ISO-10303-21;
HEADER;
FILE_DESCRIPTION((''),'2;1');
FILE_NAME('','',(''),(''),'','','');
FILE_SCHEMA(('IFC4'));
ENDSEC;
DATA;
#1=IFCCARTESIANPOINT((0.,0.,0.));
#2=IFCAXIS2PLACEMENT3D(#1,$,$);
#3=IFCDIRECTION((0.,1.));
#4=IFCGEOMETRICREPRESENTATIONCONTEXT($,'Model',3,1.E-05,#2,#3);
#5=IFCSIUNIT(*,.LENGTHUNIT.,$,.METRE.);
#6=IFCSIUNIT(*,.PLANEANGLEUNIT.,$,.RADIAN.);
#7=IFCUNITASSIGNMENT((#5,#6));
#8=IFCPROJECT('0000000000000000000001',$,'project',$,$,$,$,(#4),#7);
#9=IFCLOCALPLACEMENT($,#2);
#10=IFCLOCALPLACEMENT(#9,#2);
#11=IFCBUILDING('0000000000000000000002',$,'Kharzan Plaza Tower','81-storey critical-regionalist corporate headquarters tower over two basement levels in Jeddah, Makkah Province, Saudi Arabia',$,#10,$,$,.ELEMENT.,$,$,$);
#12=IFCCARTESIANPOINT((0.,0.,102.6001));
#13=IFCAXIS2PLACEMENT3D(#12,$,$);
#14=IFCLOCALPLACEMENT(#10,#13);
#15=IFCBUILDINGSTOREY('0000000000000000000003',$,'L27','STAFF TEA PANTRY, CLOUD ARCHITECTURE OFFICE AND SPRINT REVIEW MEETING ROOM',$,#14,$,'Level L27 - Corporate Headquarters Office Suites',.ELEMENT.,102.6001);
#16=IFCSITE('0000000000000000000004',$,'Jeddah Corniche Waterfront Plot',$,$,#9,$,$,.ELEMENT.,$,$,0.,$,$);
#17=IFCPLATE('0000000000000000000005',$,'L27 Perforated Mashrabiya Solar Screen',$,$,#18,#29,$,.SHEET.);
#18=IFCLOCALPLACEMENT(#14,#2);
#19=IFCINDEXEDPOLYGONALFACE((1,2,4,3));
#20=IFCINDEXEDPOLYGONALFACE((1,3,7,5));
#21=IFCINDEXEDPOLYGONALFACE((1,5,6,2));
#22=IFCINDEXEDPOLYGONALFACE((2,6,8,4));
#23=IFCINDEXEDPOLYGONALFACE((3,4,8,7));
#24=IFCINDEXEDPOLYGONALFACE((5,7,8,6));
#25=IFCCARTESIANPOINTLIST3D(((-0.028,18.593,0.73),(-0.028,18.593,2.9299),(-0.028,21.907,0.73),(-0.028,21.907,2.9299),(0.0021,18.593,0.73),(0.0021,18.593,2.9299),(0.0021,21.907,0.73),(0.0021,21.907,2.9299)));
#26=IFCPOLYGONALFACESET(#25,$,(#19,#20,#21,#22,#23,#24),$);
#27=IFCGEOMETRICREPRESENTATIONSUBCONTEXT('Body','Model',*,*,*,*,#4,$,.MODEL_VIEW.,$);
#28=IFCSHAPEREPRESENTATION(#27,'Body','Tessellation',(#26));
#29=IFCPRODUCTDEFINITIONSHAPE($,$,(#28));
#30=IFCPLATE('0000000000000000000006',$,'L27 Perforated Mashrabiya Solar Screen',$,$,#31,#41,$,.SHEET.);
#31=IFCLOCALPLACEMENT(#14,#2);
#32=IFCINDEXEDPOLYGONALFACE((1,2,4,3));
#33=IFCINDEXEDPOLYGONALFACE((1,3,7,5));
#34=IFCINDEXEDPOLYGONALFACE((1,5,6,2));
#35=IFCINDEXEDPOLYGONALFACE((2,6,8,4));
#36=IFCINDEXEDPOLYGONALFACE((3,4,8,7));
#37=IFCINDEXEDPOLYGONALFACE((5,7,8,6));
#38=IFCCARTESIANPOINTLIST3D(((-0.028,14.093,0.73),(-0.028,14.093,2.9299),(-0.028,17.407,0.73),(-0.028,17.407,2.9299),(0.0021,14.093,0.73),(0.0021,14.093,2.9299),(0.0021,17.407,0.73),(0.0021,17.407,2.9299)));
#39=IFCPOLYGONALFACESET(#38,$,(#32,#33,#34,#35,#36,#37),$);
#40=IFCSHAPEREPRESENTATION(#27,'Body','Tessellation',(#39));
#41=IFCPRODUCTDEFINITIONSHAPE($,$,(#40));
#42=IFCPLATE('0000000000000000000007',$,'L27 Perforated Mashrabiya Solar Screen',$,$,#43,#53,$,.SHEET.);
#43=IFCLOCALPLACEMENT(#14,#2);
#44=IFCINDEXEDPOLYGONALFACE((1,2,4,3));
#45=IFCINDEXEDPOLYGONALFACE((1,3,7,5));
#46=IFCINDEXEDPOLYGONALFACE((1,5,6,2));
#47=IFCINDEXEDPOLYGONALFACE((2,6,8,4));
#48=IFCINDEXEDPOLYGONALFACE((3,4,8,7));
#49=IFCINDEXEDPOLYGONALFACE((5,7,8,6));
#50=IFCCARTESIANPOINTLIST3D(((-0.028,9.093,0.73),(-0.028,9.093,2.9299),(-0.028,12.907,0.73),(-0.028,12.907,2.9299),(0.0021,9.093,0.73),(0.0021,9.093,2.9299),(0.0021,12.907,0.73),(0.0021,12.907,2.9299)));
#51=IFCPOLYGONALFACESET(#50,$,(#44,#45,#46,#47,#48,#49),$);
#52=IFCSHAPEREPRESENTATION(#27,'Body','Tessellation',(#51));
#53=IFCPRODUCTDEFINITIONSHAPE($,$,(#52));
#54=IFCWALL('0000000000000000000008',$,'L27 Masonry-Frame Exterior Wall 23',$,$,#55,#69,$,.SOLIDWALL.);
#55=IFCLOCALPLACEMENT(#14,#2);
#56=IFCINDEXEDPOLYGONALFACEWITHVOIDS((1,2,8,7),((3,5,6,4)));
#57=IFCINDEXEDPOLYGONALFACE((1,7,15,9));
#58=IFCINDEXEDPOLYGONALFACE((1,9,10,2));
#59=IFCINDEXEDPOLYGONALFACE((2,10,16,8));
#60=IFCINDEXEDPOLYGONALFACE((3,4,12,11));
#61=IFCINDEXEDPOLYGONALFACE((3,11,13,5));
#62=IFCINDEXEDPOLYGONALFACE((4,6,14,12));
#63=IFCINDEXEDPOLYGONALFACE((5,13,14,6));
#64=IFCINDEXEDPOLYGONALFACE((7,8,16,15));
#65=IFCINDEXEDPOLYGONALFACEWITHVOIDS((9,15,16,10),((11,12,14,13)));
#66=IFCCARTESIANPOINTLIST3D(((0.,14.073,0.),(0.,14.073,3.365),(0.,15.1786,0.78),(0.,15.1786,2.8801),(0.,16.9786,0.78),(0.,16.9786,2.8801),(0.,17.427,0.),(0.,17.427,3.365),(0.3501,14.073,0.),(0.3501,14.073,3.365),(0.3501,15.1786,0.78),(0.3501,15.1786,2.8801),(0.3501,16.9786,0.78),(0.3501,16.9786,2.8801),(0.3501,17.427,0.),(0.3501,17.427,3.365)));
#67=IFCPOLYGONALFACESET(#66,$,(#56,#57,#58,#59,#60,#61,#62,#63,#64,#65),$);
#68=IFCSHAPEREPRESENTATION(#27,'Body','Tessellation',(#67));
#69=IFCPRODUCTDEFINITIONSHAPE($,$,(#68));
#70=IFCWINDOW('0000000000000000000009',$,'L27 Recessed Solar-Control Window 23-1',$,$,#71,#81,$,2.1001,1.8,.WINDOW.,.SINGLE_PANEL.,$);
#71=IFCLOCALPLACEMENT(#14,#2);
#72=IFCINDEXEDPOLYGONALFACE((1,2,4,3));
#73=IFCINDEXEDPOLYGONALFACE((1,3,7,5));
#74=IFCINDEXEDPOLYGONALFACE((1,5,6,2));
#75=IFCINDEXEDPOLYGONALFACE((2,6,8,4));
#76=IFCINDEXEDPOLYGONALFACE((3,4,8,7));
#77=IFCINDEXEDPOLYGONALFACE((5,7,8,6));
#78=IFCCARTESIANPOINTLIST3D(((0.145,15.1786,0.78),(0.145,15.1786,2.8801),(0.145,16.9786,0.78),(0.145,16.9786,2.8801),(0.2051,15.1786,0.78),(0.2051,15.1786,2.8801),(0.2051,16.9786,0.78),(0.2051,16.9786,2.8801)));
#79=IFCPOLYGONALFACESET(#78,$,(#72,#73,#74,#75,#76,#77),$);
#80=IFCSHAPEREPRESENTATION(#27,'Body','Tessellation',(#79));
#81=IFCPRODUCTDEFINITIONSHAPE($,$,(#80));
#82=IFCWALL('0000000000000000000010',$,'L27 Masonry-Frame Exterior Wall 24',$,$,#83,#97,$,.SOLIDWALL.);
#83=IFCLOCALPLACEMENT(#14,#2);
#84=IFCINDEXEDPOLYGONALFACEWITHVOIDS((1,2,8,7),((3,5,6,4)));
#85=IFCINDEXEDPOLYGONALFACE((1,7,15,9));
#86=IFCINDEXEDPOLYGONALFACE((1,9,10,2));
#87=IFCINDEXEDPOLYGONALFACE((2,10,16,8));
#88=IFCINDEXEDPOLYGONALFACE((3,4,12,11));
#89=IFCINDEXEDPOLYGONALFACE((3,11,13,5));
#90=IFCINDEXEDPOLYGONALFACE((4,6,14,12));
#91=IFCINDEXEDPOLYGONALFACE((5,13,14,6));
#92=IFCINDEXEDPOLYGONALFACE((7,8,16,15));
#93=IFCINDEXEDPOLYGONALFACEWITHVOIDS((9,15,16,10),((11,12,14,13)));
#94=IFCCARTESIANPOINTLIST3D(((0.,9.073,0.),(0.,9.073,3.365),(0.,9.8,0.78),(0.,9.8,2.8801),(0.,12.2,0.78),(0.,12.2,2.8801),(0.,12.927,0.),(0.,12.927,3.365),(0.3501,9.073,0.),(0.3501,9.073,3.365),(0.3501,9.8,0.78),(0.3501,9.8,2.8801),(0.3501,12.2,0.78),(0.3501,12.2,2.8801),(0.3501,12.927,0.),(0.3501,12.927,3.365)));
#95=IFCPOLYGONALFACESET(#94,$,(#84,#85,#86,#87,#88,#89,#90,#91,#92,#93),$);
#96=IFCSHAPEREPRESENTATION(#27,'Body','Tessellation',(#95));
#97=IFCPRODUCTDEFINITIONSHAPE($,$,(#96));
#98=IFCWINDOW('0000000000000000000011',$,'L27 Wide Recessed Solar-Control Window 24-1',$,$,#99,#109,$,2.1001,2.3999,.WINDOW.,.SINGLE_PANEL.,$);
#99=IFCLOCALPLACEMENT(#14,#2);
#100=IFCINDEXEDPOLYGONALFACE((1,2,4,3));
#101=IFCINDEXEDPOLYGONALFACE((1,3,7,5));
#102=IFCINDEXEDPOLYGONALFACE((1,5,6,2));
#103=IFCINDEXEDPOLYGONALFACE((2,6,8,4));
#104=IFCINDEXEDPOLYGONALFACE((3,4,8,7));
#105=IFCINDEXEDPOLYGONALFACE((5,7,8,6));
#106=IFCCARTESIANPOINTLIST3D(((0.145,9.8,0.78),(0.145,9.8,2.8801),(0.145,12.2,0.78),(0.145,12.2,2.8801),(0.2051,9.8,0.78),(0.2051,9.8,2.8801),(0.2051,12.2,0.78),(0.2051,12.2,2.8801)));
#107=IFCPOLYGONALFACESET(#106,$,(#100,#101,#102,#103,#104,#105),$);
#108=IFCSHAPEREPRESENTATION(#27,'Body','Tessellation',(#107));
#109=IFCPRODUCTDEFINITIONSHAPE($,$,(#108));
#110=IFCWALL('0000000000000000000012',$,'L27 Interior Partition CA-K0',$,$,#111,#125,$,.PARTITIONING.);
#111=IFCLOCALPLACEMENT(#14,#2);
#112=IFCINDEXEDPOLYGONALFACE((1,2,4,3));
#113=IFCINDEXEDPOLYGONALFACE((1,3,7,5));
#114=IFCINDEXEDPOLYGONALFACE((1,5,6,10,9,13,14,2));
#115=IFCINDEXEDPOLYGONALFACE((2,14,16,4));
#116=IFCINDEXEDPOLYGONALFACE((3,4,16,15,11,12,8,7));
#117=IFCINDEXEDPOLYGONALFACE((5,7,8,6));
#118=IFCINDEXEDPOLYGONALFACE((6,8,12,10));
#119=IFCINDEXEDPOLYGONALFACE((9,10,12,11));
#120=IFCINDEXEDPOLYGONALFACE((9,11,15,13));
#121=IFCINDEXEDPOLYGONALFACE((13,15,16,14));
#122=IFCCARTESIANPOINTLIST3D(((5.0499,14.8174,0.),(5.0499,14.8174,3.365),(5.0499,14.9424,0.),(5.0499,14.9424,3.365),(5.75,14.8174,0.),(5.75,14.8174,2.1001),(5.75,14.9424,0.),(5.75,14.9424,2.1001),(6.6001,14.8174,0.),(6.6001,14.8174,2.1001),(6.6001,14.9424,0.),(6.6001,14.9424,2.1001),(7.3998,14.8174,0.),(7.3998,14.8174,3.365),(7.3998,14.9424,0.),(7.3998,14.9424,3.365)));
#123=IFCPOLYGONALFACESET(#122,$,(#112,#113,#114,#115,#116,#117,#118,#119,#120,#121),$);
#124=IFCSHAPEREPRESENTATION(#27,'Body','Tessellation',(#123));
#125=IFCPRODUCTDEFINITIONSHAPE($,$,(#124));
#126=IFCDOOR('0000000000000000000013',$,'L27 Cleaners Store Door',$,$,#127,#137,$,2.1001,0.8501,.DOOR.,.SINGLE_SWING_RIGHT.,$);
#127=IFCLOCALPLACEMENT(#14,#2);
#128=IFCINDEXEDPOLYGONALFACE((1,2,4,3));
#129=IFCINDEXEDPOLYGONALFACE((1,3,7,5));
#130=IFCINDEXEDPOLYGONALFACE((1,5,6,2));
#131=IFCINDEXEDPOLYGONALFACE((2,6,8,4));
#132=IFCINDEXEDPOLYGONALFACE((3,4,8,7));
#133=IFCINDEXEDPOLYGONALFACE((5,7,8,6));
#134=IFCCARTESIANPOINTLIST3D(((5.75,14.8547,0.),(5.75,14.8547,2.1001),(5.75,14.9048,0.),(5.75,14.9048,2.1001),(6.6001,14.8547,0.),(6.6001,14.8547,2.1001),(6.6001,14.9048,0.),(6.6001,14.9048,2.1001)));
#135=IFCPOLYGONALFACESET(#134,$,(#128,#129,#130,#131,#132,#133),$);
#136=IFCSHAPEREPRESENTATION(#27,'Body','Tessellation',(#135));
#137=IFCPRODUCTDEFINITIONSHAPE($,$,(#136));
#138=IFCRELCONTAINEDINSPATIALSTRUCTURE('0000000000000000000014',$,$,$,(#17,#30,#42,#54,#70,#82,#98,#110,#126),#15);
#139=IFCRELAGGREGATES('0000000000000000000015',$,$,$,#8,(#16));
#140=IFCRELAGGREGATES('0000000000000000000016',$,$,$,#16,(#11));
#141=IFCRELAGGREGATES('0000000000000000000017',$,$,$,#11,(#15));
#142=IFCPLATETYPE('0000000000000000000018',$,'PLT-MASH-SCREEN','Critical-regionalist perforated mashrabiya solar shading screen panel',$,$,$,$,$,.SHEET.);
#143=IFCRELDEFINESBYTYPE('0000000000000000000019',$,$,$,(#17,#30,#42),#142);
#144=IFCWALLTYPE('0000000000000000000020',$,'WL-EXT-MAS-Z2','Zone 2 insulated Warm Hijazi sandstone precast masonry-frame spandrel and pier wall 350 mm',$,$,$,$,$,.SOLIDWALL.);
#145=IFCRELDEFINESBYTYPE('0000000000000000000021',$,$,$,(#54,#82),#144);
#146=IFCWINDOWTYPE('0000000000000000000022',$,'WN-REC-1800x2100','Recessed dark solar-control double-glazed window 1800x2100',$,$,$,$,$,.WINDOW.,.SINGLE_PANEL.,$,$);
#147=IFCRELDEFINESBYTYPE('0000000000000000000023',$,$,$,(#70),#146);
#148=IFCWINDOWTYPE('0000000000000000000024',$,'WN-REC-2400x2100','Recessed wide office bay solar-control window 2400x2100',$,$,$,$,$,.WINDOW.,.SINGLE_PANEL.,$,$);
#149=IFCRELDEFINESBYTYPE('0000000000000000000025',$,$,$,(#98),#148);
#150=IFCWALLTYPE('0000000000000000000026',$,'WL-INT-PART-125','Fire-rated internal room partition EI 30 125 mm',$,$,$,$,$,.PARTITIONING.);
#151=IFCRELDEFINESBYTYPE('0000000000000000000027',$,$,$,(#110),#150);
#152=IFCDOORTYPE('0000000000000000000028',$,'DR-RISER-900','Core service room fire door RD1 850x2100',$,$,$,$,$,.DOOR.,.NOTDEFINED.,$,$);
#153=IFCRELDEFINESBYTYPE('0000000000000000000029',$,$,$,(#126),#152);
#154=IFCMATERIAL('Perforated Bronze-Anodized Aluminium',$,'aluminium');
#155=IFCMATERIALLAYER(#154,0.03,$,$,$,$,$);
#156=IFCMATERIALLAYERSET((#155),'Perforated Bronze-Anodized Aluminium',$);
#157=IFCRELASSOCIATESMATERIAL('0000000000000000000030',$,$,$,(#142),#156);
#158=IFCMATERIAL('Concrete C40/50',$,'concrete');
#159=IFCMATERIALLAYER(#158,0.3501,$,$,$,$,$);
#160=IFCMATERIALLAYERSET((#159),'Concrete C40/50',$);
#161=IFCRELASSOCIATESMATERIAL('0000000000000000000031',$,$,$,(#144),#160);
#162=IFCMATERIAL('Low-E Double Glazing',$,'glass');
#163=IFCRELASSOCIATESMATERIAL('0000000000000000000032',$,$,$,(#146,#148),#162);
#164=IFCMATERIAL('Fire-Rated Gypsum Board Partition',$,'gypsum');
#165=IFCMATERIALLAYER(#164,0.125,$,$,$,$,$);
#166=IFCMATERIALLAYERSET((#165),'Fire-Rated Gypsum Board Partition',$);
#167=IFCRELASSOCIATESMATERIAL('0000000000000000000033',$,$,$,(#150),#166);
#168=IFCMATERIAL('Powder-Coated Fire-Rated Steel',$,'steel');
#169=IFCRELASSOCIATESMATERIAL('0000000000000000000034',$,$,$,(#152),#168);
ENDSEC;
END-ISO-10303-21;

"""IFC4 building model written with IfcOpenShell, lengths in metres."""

from ifc_helpers import new_model, si_unit, direction, frame, frame_2d, origin, origin_2d, place, context, subcontext, project, spatial, rectangle, extrude, source, transform, mapped, material, layer, layer_set, type_object, element, fill, save


model = new_model("IFC4")

# Units and contexts
model_context = context("Model", 3, precision=1e-05, world=origin(), true_north=direction((0.0, 1.0)))
body_context = subcontext(model_context, "Body", "Model", "MODEL_VIEW")
ifc_project = project(units=[si_unit("LENGTHUNIT", "METRE"), si_unit("PLANEANGLEUNIT", "RADIAN")], contexts=[model_context])

# Site, building, storey
site_placement = place(None, origin())
site = spatial("IfcSite", under=ifc_project, at=site_placement, Name="Jeddah Corniche Waterfront Plot", CompositionType="ELEMENT", RefElevation=0.0)
building_placement = place(site_placement, origin())
building = spatial("IfcBuilding", under=site, at=building_placement, Name="Kharzan Plaza Tower", Description="81-storey critical-regionalist corporate headquarters tower over two basement levels in Jeddah, Makkah Province, Saudi Arabia", CompositionType="ELEMENT")
storey_placement = place(building_placement, frame((0.0, 0.0, 102.6001)))
storey = spatial("IfcBuildingStorey", under=building, at=storey_placement, Name="L27", Description="STAFF TEA PANTRY, CLOUD ARCHITECTURE OFFICE AND SPRINT REVIEW MEETING ROOM", LongName="Level L27 - Corporate Headquarters Office Suites", CompositionType="ELEMENT", Elevation=102.6001)

# Plates
ifc_material_1 = material(Name="Perforated Bronze-Anodized Aluminium", Category="aluminium")
ifc_layer_1 = layer(ifc_material_1, 0.03)
ifc_layer_set_1 = layer_set([ifc_layer_1], Name="Perforated Bronze-Anodized Aluminium")
plate_type = type_object("IfcPlateType", Name="PLT-MASH-SCREEN", Description="Critical-regionalist perforated mashrabiya solar shading screen panel", PredefinedType="SHEET", material=ifc_layer_set_1)
shared_shape_1 = source(origin(), body_context, "Body", "SweptSolid", [
    extrude(rectangle(XDim=3.314, YDim=0.03, at=origin_2d()), origin(), (0.0, 0.0, 1.0), 2.2),
])
for number, where, z_axis, x_axis, name in (
    (1, (-0.0129, 20.25, 0.73), (0.0, 0.0, 1.0), (0.0, -1.0, 0.0), "L27 Perforated Mashrabiya Solar Screen"),
    (2, (-0.0129, 15.75, 0.73), (0.0, 0.0, 1.0), (0.0, -1.0, 0.0), "L27 Perforated Mashrabiya Solar Screen"),
):
    element("IfcPlate", number, at=place(storey_placement, frame(where, z_axis=z_axis, x_axis=x_axis)), inside=storey, type_object=plate_type, Name=name, PredefinedType="SHEET", context=body_context, shape_type="MappedRepresentation", body=[
        mapped(shared_shape_1, transform((0.0, 0.0, 0.0), x_axis=(1.0, 0.0, 0.0), y_axis=(0.0, 1.0, 0.0), z_axis=(0.0, 0.0, 1.0))),
    ])
shared_shape_2 = source(origin(), body_context, "Body", "SweptSolid", [
    extrude(rectangle(XDim=3.814, YDim=0.03, at=origin_2d()), origin(), (0.0, 0.0, 1.0), 2.2),
])
plate_placement = place(storey_placement, frame((-0.0129, 11.0, 0.73), z_axis=(0.0, 0.0, 1.0), x_axis=(0.0, -1.0, 0.0)))
element("IfcPlate", 3, at=plate_placement, inside=storey, type_object=plate_type, Name="L27 Perforated Mashrabiya Solar Screen", PredefinedType="SHEET", context=body_context, shape_type="MappedRepresentation", body=[
    mapped(shared_shape_2, transform((0.0, 0.0, 0.0), x_axis=(1.0, 0.0, 0.0), y_axis=(0.0, 1.0, 0.0), z_axis=(0.0, 0.0, 1.0))),
])

# Walls, openings, windows
ifc_material_2 = material(Name="Concrete C40/50", Category="concrete")
ifc_layer_2 = layer(ifc_material_2, 0.3501)
ifc_layer_set_2 = layer_set([ifc_layer_2], Name="Concrete C40/50")
wall_type_1 = type_object("IfcWallType", Name="WL-EXT-MAS-Z2", Description="Zone 2 insulated Warm Hijazi sandstone precast masonry-frame spandrel and pier wall 350 mm", PredefinedType="SOLIDWALL", material=ifc_layer_set_2)
wall_1_placement = place(storey_placement, frame((0.175, 17.427, 0.0), z_axis=(0.0, 0.0, 1.0), x_axis=(0.0, -1.0, 0.0)))
wall_1 = element("IfcWall", 4, at=wall_1_placement, inside=storey, type_object=wall_type_1, Name="L27 Masonry-Frame Exterior Wall 23", PredefinedType="SOLIDWALL", context=body_context, shape_type="SweptSolid", body=[
    extrude(rectangle(XDim=3.354, YDim=0.3501, at=frame_2d((1.677, 0.0))), origin(), (0.0, 0.0, 1.0), 3.365),
])
opening_1_placement = place(wall_1_placement, frame((0.4485, 0.0, 0.78)))
opening_1 = element("IfcOpeningElement", 5, at=opening_1_placement, cuts=wall_1, PredefinedType="OPENING", context=body_context, shape_type="SweptSolid", body=[
    extrude(rectangle(XDim=1.8, YDim=2.1001, at=frame_2d((0.8999, 1.05))), frame((0.0, 0.1851, 0.0), z_axis=(0.0, -1.0, 0.0), x_axis=(1.0, 0.0, 0.0)), (0.0, 0.0, 1.0), 0.3701),
])
ifc_material_3 = material(Name="Low-E Double Glazing", Category="glass")
window_type_1 = type_object("IfcWindowType", Name="WN-REC-1800x2100", Description="Recessed dark solar-control double-glazed window 1800x2100", PartitioningType="SINGLE_PANEL", PredefinedType="WINDOW", material=ifc_material_3)
shared_shape_3 = source(origin(), body_context, "Body", "SweptSolid", [
    extrude(rectangle(XDim=1.8, YDim=2.1001, at=frame_2d((0.8999, 1.05))), frame((0.0, 0.03, 0.0), z_axis=(0.0, -1.0, 0.0), x_axis=(1.0, 0.0, 0.0)), (0.0, 0.0, 1.0), 0.0601),
])
window_1_placement = place(opening_1_placement, origin())
window_1 = element("IfcWindow", 6, at=window_1_placement, inside=storey, type_object=window_type_1, Name="L27 Recessed Solar-Control Window 23-1", OverallHeight=2.1001, OverallWidth=1.8, PartitioningType="SINGLE_PANEL", PredefinedType="WINDOW", context=body_context, shape_type="MappedRepresentation", body=[
    mapped(shared_shape_3, transform((0.0, 0.0, 0.0), x_axis=(1.0, 0.0, 0.0), y_axis=(0.0, 1.0, 0.0), z_axis=(0.0, 0.0, 1.0))),
])
fill(opening_1, window_1)
wall_2_placement = place(storey_placement, frame((0.175, 12.927, 0.0), z_axis=(0.0, 0.0, 1.0), x_axis=(0.0, -1.0, 0.0)))
wall_2 = element("IfcWall", 7, at=wall_2_placement, inside=storey, type_object=wall_type_1, Name="L27 Masonry-Frame Exterior Wall 24", PredefinedType="SOLIDWALL", context=body_context, shape_type="SweptSolid", body=[
    extrude(rectangle(XDim=3.854, YDim=0.3501, at=frame_2d((1.927, 0.0))), origin(), (0.0, 0.0, 1.0), 3.365),
])
opening_2_placement = place(wall_2_placement, frame((0.7271, 0.0, 0.78)))
opening_2 = element("IfcOpeningElement", 8, at=opening_2_placement, cuts=wall_2, PredefinedType="OPENING", context=body_context, shape_type="SweptSolid", body=[
    extrude(rectangle(XDim=2.3999, YDim=2.1001, at=frame_2d((1.2, 1.05))), frame((0.0, 0.1851, 0.0), z_axis=(0.0, -1.0, 0.0), x_axis=(1.0, 0.0, 0.0)), (0.0, 0.0, 1.0), 0.3701),
])
window_type_2 = type_object("IfcWindowType", Name="WN-REC-2400x2100", Description="Recessed wide office bay solar-control window 2400x2100", PartitioningType="SINGLE_PANEL", PredefinedType="WINDOW", material=ifc_material_3)
shared_shape_4 = source(origin(), body_context, "Body", "SweptSolid", [
    extrude(rectangle(XDim=2.3999, YDim=2.1001, at=frame_2d((1.2, 1.05))), frame((0.0, 0.03, 0.0), z_axis=(0.0, -1.0, 0.0), x_axis=(1.0, 0.0, 0.0)), (0.0, 0.0, 1.0), 0.0601),
])
window_2_placement = place(opening_2_placement, origin())
window_2 = element("IfcWindow", 9, at=window_2_placement, inside=storey, type_object=window_type_2, Name="L27 Wide Recessed Solar-Control Window 24-1", OverallHeight=2.1001, OverallWidth=2.3999, PartitioningType="SINGLE_PANEL", PredefinedType="WINDOW", context=body_context, shape_type="MappedRepresentation", body=[
    mapped(shared_shape_4, transform((0.0, 0.0, 0.0), x_axis=(1.0, 0.0, 0.0), y_axis=(0.0, 1.0, 0.0), z_axis=(0.0, 0.0, 1.0))),
])
fill(opening_2, window_2)

# Wall, opening, door
ifc_material_4 = material(Name="Fire-Rated Gypsum Board Partition", Category="gypsum")
ifc_layer_3 = layer(ifc_material_4, 0.125)
ifc_layer_set_3 = layer_set([ifc_layer_3], Name="Fire-Rated Gypsum Board Partition")
wall_type_2 = type_object("IfcWallType", Name="WL-INT-PART-125", Description="Fire-rated internal room partition EI 30 125 mm", PredefinedType="PARTITIONING", material=ifc_layer_set_3)
wall_3_placement = place(storey_placement, frame((5.05, 14.8799, 0.0), z_axis=(0.0, 0.0, 1.0), x_axis=(1.0, 0.0, 0.0)))
wall_3 = element("IfcWall", 10, at=wall_3_placement, inside=storey, type_object=wall_type_2, Name="L27 Interior Partition CA-K0", PredefinedType="PARTITIONING", context=body_context, shape_type="SweptSolid", body=[
    extrude(rectangle(XDim=2.3499, YDim=0.125, at=frame_2d((1.1748, 0.0))), origin(), (0.0, 0.0, 1.0), 3.365),
])
opening_3_placement = place(wall_3_placement, frame((0.7, 0.0, 0.0)))
opening_3 = element("IfcOpeningElement", 11, at=opening_3_placement, cuts=wall_3, PredefinedType="OPENING", context=body_context, shape_type="SweptSolid", body=[
    extrude(rectangle(XDim=0.8501, YDim=2.1001, at=frame_2d((0.425, 1.05))), frame((0.0, 0.0725, 0.0), z_axis=(0.0, -1.0, 0.0), x_axis=(1.0, 0.0, 0.0)), (0.0, 0.0, 1.0), 0.145),
])
ifc_material_5 = material(Name="Powder-Coated Fire-Rated Steel", Category="steel")
door_type_1 = type_object("IfcDoorType", Name="DR-RISER-900", Description="Core service room fire door RD1 850x2100", OperationType="NOTDEFINED", PredefinedType="DOOR", material=ifc_material_5)
shared_shape_5 = source(origin(), body_context, "Body", "SweptSolid", [
    extrude(rectangle(XDim=0.8501, YDim=2.1001, at=frame_2d((0.425, 1.05))), frame((0.0, 0.0249, 0.0), z_axis=(0.0, -1.0, 0.0), x_axis=(1.0, 0.0, 0.0)), (0.0, 0.0, 1.0), 0.05),
])
door_1_placement = place(opening_3_placement, origin())
door_1 = element("IfcDoor", 12, at=door_1_placement, inside=storey, type_object=door_type_1, Name="L27 Cleaners Store Door", OperationType="SINGLE_SWING_RIGHT", OverallHeight=2.1001, OverallWidth=0.8501, PredefinedType="DOOR", context=body_context, shape_type="MappedRepresentation", body=[
    mapped(shared_shape_5, transform((0.0, 0.0, 0.0), x_axis=(1.0, 0.0, 0.0), y_axis=(0.0, 1.0, 0.0), z_axis=(0.0, 0.0, 1.0))),
])
fill(opening_3, door_1)

save(model, "model.ifc")
